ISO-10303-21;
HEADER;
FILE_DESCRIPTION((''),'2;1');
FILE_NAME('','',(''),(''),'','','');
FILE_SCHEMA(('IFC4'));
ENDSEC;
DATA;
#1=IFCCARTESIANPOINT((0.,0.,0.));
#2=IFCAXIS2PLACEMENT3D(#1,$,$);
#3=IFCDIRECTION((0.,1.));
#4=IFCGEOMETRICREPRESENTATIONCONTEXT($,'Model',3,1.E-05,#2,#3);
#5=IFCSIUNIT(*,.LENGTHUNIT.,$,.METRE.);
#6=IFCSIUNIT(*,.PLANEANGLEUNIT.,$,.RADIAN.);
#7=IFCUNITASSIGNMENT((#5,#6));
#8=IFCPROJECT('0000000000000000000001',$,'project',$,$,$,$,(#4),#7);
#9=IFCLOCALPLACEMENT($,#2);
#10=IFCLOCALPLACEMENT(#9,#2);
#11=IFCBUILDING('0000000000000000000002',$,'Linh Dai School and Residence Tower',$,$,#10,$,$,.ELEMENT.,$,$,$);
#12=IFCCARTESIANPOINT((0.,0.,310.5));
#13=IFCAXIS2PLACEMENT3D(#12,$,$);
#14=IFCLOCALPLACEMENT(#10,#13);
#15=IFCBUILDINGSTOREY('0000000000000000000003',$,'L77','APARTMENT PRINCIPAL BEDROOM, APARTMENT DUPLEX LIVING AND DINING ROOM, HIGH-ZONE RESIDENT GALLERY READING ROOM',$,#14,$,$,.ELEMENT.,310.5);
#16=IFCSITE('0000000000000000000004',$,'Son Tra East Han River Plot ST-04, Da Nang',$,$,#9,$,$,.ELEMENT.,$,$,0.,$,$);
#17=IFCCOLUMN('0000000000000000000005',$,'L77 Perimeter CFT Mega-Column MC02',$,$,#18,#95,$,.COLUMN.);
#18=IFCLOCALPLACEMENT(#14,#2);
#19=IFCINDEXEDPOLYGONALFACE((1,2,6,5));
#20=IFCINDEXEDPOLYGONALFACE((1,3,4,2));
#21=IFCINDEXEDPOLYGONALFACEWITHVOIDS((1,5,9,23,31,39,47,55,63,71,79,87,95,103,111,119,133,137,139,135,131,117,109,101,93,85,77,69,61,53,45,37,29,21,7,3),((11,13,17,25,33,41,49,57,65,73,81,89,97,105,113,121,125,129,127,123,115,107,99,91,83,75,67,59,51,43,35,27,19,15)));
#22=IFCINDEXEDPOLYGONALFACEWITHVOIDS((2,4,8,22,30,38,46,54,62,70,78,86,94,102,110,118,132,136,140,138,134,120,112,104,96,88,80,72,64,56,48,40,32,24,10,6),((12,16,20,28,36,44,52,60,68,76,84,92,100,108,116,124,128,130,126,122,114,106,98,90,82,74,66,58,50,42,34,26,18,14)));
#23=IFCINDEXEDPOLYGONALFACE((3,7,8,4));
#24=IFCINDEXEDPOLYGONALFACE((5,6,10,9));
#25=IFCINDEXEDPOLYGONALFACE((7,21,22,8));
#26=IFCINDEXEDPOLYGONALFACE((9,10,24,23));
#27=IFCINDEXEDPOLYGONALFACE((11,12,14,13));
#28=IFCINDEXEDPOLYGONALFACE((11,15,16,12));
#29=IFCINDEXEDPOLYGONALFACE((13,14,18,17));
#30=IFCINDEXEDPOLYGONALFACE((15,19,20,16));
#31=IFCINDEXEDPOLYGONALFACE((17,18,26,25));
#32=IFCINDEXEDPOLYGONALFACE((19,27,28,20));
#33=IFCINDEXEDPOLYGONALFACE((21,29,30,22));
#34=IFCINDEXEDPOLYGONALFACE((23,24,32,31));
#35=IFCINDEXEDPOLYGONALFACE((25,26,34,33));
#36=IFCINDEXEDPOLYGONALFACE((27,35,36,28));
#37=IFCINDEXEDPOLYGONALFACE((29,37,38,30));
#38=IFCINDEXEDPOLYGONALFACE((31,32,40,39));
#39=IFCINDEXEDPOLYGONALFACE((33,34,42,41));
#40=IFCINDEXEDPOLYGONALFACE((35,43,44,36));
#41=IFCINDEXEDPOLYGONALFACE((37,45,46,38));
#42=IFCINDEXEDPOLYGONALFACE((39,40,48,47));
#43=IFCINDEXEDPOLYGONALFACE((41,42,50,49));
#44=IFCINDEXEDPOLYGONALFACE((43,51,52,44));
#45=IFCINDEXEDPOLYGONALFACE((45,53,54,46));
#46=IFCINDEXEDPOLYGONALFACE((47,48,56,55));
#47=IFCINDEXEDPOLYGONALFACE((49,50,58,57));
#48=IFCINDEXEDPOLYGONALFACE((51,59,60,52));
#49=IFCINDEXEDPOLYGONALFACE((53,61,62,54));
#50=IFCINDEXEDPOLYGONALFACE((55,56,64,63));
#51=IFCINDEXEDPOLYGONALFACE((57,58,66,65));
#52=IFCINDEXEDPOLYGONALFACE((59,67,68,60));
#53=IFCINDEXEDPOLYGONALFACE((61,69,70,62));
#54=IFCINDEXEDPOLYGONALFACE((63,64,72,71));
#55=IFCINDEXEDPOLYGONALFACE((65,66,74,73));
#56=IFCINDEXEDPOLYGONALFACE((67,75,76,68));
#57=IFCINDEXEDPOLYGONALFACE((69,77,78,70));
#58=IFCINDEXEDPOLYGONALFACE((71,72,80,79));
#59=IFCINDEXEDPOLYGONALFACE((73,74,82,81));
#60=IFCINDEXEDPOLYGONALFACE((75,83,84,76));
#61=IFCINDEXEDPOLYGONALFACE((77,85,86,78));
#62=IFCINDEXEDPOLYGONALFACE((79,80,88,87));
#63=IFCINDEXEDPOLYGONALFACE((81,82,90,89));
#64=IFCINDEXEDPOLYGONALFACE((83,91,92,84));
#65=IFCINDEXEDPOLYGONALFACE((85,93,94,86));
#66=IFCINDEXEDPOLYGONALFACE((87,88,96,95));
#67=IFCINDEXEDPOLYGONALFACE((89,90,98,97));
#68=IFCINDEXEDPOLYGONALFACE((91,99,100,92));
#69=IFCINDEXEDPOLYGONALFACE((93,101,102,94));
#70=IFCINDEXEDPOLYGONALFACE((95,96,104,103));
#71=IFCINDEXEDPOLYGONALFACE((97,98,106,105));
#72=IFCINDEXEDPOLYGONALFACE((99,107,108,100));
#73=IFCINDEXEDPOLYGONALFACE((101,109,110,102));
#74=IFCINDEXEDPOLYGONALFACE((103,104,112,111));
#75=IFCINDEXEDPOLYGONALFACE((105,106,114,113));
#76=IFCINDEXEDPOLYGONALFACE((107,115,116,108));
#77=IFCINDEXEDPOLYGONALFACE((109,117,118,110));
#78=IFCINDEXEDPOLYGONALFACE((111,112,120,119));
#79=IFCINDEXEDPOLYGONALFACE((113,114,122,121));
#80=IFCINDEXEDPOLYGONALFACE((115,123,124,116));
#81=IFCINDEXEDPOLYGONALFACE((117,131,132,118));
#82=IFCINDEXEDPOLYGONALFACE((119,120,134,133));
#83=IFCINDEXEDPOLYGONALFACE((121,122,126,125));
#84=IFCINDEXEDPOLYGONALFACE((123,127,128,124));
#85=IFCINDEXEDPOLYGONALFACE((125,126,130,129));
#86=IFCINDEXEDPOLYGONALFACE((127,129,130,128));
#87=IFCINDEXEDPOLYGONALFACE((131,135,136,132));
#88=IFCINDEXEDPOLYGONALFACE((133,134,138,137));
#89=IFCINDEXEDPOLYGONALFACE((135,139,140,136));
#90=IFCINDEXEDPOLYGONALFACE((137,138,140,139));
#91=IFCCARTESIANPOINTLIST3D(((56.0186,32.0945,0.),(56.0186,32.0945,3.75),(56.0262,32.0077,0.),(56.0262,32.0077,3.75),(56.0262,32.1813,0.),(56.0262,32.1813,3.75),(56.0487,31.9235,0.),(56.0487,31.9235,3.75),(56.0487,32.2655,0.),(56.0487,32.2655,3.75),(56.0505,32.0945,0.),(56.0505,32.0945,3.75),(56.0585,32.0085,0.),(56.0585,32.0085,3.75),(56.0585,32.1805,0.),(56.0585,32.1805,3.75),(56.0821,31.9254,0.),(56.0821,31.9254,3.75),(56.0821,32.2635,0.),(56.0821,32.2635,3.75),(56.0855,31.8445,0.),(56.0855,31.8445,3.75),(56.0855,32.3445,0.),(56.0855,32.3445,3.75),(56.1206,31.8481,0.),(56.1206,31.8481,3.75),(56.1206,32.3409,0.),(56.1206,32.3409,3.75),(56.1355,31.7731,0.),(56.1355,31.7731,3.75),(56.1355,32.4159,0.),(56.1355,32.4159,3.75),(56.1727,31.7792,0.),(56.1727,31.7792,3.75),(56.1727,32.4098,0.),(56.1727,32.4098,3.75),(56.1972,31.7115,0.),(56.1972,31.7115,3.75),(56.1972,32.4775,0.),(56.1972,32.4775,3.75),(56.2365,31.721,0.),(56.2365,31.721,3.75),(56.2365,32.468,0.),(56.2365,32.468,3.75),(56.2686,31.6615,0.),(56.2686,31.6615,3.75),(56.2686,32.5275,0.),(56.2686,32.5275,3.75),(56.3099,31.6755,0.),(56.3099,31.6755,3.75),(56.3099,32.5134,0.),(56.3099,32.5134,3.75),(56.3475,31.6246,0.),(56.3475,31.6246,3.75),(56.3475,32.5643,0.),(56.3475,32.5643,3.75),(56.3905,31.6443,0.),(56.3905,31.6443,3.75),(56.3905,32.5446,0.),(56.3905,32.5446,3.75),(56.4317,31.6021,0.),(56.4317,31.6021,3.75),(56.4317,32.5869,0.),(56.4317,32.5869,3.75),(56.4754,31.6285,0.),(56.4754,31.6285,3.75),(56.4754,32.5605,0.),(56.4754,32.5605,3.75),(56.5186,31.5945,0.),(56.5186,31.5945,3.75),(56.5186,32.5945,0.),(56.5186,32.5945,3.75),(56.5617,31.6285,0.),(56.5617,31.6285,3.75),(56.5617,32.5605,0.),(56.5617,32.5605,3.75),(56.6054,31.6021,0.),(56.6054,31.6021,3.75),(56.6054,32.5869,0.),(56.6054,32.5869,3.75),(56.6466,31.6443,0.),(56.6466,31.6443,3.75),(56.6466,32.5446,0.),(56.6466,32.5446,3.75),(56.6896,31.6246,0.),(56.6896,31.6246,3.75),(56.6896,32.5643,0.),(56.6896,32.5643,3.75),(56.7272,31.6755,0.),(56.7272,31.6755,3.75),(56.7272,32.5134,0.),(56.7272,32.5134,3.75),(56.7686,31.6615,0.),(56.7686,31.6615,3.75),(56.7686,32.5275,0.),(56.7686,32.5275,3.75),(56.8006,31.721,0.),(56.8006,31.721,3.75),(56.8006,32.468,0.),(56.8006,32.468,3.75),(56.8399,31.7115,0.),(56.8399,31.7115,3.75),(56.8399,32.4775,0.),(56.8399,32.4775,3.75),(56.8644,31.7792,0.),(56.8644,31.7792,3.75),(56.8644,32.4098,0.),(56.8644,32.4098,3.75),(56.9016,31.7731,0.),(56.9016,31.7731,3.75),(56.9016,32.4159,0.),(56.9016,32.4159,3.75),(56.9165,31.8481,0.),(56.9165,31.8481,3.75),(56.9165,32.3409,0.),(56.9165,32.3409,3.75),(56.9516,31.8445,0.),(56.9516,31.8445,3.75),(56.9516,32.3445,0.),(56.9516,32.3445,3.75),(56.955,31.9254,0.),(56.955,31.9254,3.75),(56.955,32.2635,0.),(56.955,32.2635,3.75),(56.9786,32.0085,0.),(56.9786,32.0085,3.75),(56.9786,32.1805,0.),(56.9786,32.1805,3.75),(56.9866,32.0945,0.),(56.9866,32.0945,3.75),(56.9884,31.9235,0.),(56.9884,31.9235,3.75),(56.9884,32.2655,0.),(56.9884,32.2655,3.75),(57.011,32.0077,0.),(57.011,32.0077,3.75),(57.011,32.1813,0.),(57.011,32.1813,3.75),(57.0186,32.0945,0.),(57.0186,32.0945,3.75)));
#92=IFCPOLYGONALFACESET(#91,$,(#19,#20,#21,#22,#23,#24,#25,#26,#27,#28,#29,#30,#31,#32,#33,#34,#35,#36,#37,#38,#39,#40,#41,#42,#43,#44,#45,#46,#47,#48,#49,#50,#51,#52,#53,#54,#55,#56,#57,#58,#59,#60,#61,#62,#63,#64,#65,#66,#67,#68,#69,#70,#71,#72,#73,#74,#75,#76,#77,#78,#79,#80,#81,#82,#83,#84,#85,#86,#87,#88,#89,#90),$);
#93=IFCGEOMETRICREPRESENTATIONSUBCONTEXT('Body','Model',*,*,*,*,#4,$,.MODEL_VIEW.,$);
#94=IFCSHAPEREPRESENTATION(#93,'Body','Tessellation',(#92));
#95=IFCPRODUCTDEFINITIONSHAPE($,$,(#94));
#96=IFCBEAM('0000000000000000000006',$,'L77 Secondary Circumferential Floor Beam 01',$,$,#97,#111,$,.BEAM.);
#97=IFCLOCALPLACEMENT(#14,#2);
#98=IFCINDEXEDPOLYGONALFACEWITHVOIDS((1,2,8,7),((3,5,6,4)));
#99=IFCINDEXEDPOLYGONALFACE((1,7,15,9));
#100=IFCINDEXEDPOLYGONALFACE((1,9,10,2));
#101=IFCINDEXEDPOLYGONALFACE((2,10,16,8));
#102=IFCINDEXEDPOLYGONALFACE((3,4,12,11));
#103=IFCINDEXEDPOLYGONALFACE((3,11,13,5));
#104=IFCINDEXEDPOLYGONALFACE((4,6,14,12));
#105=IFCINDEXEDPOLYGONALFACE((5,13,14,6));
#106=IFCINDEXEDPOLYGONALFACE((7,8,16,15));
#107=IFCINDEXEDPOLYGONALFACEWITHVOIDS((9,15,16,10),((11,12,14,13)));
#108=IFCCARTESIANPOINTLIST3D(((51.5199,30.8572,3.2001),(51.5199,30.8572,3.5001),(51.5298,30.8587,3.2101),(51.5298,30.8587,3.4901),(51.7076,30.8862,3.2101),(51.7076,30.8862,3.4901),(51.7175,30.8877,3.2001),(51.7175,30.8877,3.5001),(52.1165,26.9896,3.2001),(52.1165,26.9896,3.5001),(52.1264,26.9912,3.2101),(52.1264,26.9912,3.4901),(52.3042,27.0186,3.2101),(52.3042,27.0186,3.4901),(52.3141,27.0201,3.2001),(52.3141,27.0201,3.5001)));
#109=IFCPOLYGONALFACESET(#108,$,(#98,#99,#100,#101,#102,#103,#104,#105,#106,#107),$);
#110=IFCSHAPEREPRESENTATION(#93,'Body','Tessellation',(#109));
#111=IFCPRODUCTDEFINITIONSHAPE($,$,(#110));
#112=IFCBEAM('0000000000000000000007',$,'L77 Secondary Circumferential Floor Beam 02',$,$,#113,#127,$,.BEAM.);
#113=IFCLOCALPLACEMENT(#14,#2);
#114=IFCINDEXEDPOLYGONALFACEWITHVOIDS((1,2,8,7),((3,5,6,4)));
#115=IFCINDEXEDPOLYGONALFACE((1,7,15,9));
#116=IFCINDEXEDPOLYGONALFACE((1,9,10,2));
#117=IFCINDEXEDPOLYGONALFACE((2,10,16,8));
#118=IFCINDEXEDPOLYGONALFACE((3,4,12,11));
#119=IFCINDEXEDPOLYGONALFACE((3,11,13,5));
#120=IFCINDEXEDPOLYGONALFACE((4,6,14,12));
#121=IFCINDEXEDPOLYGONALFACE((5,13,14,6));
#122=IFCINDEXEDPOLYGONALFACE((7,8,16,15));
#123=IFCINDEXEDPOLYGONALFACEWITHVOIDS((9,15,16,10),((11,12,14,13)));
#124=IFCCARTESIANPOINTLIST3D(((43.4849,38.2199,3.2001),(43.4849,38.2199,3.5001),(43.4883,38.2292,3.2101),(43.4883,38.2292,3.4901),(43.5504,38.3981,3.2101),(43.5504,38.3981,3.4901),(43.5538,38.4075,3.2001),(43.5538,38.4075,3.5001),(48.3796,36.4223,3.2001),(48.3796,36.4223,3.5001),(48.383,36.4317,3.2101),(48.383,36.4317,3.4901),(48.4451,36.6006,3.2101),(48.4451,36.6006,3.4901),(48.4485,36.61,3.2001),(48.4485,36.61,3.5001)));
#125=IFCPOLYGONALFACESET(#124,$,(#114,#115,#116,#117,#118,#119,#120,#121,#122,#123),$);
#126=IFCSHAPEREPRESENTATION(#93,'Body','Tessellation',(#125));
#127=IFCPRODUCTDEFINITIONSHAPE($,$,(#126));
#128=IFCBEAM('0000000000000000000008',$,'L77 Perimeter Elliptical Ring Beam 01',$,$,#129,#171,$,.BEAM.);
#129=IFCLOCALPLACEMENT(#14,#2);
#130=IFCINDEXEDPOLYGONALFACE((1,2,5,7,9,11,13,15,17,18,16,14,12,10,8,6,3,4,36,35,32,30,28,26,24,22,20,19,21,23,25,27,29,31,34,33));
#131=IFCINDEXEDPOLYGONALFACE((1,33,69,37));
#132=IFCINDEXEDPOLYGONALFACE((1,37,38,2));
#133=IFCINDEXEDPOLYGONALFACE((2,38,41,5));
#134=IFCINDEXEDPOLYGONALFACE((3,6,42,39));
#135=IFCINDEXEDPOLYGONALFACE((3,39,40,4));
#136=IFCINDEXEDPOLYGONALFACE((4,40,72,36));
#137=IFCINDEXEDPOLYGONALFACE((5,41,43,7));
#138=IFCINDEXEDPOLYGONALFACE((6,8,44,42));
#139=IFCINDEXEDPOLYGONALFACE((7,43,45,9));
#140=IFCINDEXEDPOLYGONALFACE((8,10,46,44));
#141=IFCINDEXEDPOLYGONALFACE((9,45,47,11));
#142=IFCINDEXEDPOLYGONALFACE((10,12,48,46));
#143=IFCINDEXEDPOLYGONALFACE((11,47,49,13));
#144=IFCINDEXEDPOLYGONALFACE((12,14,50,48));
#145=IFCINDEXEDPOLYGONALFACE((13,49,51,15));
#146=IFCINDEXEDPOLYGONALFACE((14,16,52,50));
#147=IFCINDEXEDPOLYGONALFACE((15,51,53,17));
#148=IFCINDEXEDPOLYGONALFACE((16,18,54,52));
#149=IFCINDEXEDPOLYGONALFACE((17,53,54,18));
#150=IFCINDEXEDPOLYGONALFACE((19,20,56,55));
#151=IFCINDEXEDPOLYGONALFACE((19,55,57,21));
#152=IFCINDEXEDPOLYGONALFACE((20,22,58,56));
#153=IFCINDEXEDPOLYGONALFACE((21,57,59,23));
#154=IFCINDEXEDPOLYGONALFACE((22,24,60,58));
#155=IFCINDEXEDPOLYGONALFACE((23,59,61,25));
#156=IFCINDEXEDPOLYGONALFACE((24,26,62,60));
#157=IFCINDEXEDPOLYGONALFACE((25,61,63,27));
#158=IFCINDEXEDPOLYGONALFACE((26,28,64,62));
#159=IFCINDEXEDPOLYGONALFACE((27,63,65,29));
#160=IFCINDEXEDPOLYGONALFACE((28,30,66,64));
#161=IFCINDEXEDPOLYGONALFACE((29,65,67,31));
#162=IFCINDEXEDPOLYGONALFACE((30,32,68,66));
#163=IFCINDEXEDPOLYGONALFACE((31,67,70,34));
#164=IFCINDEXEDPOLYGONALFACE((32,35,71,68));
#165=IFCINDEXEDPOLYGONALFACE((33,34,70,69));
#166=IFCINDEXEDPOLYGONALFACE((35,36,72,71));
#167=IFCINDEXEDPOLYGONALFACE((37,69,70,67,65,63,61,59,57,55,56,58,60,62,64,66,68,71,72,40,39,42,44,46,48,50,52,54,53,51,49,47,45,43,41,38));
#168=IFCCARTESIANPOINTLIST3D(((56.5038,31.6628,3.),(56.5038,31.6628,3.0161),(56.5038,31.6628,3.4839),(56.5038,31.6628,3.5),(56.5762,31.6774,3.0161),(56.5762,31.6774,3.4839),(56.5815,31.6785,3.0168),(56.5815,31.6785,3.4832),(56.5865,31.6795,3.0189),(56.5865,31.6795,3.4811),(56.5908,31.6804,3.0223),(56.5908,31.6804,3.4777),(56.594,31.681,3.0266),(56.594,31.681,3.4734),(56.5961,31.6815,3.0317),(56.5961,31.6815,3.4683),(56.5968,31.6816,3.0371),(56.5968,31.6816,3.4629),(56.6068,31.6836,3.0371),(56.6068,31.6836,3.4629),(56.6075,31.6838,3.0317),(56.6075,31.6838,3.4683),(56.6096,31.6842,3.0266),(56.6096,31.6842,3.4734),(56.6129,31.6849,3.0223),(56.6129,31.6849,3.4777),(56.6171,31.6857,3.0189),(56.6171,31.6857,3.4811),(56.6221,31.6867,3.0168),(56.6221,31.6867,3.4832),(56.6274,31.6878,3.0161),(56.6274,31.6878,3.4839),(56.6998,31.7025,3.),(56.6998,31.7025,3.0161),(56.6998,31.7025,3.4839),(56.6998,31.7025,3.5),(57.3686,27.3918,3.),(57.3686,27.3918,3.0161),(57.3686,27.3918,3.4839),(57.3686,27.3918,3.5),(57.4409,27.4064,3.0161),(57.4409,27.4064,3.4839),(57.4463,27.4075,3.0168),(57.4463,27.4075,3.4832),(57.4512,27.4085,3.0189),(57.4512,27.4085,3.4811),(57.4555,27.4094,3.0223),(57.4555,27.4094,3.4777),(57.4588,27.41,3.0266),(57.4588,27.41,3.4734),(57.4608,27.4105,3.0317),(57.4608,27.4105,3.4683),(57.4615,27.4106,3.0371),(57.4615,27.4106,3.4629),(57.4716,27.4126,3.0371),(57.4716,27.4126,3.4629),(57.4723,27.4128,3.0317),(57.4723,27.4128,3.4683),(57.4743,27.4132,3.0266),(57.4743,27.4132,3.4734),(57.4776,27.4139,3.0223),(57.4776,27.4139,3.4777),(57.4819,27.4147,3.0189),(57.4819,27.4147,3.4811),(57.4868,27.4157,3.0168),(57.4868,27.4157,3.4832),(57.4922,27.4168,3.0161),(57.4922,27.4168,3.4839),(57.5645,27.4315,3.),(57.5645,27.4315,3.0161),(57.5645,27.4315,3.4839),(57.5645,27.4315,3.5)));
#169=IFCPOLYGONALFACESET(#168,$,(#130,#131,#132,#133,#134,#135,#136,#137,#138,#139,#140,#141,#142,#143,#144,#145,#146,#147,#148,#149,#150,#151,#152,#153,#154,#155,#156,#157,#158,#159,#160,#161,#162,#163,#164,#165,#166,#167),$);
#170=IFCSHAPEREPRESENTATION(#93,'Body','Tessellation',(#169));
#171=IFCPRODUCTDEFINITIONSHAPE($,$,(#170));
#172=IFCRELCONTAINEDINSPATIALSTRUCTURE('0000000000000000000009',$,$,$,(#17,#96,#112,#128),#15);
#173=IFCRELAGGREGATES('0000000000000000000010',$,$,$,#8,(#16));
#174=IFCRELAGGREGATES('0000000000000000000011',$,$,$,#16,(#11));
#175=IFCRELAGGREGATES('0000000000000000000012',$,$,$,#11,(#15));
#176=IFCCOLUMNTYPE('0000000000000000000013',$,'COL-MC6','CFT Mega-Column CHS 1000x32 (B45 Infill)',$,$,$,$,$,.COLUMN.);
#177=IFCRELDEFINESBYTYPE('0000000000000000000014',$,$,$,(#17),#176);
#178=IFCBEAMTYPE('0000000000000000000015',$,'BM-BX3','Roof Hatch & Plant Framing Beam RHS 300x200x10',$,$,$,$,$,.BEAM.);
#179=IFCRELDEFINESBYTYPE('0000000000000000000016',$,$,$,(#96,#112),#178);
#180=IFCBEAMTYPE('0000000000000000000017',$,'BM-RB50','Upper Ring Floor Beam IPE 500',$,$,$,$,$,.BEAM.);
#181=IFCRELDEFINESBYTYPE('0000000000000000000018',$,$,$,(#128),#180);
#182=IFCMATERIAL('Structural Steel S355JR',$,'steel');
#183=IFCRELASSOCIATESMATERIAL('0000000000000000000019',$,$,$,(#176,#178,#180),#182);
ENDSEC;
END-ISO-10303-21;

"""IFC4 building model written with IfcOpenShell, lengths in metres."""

from ifc_helpers import new_model, si_unit, direction, frame, origin, origin_2d, place, context, subcontext, project, spatial, hollow_rectangle, hollow_circle, i_section, extrude, material, material_profile, profile_set, type_object, element, save


model = new_model("IFC4")

# Units and contexts
model_context = context("Model", 3, precision=1e-05, world=origin(), true_north=direction((0.0, 1.0)))
body_context = subcontext(model_context, "Body", "Model", "MODEL_VIEW")
ifc_project = project(units=[si_unit("LENGTHUNIT", "METRE"), si_unit("PLANEANGLEUNIT", "RADIAN")], contexts=[model_context])

# Site, building, storey
site_placement = place(None, origin())
site = spatial("IfcSite", under=ifc_project, at=site_placement, Name="Son Tra East Han River Plot ST-04, Da Nang", CompositionType="ELEMENT", RefElevation=0.0)
building_placement = place(site_placement, origin())
building = spatial("IfcBuilding", under=site, at=building_placement, Name="Linh Dai School and Residence Tower", CompositionType="ELEMENT")
storey_placement = place(building_placement, frame((0.0, 0.0, 310.5)))
storey = spatial("IfcBuildingStorey", under=building, at=storey_placement, Name="L77", Description="APARTMENT PRINCIPAL BEDROOM, APARTMENT DUPLEX LIVING AND DINING ROOM, HIGH-ZONE RESIDENT GALLERY READING ROOM", CompositionType="ELEMENT", Elevation=310.5)

# Column
ifc_material_1 = material(Name="Structural Steel S355JR", Category="steel")
ifc_material_profile_1 = material_profile(ifc_material_1, hollow_circle(Radius=0.5, WallThickness=0.032, at=origin_2d()), Name="CHS 1000x32")
ifc_profile_set_1 = profile_set([ifc_material_profile_1], Name="Structural Steel S355JR")
column_type = type_object("IfcColumnType", Name="COL-MC6", Description="CFT Mega-Column CHS 1000x32 (B45 Infill)", PredefinedType="COLUMN", material=ifc_profile_set_1)
column_placement = place(storey_placement, frame((56.5186, 32.0945, 0.0), z_axis=(0.0, 0.0, 1.0), x_axis=(1.0, 0.0, 0.0)))
element("IfcColumn", 1, at=column_placement, inside=storey, type_object=column_type, Name="L77 Perimeter CFT Mega-Column MC02", PredefinedType="COLUMN", context=body_context, shape_type="SweptSolid", body=[
    extrude(hollow_circle(Radius=0.5, WallThickness=0.032, at=origin_2d()), origin(), (0.0, 0.0, 1.0), 3.75),
])

# Beams
ifc_material_profile_2 = material_profile(ifc_material_1, hollow_rectangle(XDim=0.2, YDim=0.3, WallThickness=0.01, at=origin_2d()), Name="RHS 300x200x10")
ifc_profile_set_2 = profile_set([ifc_material_profile_2], Name="Structural Steel S355JR")
beam_type_1 = type_object("IfcBeamType", Name="BM-BX3", Description="Roof Hatch & Plant Framing Beam RHS 300x200x10", PredefinedType="BEAM", material=ifc_profile_set_2)
beam_1_placement = place(storey_placement, frame((52.2153, 27.0049, 3.3501), z_axis=(-0.15247, 0.988308, 0.0), x_axis=(-0.988308, -0.15247, 0.0)))
element("IfcBeam", 2, at=beam_1_placement, inside=storey, type_object=beam_type_1, Name="L77 Secondary Circumferential Floor Beam 01", PredefinedType="BEAM", context=body_context, shape_type="SweptSolid", body=[
    extrude(hollow_rectangle(XDim=0.2, YDim=0.3, WallThickness=0.01, at=origin_2d()), origin(), (0.0, 0.0, 1.0), 3.9133),
])
beam_2_placement = place(storey_placement, frame((48.4141, 36.5161, 3.3501), z_axis=(-0.938699, 0.344737, 0.0), x_axis=(-0.344737, -0.938699, 0.0)))
element("IfcBeam", 3, at=beam_2_placement, inside=storey, type_object=beam_type_1, Name="L77 Secondary Circumferential Floor Beam 02", PredefinedType="BEAM", context=body_context, shape_type="SweptSolid", body=[
    extrude(hollow_rectangle(XDim=0.2, YDim=0.3, WallThickness=0.01, at=origin_2d()), origin(), (0.0, 0.0, 1.0), 5.2144),
])
ifc_material_profile_3 = material_profile(ifc_material_1, i_section(OverallWidth=0.2, OverallDepth=0.5, WebThickness=0.0103, FlangeThickness=0.0161, FilletRadius=0.021, at=origin_2d()), Name="IPE 500")
ifc_profile_set_3 = profile_set([ifc_material_profile_3], Name="Structural Steel S355JR")
beam_type_2 = type_object("IfcBeamType", Name="BM-RB50", Description="Upper Ring Floor Beam IPE 500", PredefinedType="BEAM", material=ifc_profile_set_3)
beam_3_placement = place(storey_placement, frame((57.4666, 27.4116, 3.25), z_axis=(-0.198443, 0.980112, 0.0), x_axis=(-0.980112, -0.198443, 0.0)))
element("IfcBeam", 4, at=beam_3_placement, inside=storey, type_object=beam_type_2, Name="L77 Perimeter Elliptical Ring Beam 01", PredefinedType="BEAM", context=body_context, shape_type="SweptSolid", body=[
    extrude(i_section(OverallWidth=0.2, OverallDepth=0.5, WebThickness=0.0103, FlangeThickness=0.0161, FilletRadius=0.021, at=origin_2d()), origin(), (0.0, 0.0, 1.0), 4.3577),
])

save(model, "model.ifc")
